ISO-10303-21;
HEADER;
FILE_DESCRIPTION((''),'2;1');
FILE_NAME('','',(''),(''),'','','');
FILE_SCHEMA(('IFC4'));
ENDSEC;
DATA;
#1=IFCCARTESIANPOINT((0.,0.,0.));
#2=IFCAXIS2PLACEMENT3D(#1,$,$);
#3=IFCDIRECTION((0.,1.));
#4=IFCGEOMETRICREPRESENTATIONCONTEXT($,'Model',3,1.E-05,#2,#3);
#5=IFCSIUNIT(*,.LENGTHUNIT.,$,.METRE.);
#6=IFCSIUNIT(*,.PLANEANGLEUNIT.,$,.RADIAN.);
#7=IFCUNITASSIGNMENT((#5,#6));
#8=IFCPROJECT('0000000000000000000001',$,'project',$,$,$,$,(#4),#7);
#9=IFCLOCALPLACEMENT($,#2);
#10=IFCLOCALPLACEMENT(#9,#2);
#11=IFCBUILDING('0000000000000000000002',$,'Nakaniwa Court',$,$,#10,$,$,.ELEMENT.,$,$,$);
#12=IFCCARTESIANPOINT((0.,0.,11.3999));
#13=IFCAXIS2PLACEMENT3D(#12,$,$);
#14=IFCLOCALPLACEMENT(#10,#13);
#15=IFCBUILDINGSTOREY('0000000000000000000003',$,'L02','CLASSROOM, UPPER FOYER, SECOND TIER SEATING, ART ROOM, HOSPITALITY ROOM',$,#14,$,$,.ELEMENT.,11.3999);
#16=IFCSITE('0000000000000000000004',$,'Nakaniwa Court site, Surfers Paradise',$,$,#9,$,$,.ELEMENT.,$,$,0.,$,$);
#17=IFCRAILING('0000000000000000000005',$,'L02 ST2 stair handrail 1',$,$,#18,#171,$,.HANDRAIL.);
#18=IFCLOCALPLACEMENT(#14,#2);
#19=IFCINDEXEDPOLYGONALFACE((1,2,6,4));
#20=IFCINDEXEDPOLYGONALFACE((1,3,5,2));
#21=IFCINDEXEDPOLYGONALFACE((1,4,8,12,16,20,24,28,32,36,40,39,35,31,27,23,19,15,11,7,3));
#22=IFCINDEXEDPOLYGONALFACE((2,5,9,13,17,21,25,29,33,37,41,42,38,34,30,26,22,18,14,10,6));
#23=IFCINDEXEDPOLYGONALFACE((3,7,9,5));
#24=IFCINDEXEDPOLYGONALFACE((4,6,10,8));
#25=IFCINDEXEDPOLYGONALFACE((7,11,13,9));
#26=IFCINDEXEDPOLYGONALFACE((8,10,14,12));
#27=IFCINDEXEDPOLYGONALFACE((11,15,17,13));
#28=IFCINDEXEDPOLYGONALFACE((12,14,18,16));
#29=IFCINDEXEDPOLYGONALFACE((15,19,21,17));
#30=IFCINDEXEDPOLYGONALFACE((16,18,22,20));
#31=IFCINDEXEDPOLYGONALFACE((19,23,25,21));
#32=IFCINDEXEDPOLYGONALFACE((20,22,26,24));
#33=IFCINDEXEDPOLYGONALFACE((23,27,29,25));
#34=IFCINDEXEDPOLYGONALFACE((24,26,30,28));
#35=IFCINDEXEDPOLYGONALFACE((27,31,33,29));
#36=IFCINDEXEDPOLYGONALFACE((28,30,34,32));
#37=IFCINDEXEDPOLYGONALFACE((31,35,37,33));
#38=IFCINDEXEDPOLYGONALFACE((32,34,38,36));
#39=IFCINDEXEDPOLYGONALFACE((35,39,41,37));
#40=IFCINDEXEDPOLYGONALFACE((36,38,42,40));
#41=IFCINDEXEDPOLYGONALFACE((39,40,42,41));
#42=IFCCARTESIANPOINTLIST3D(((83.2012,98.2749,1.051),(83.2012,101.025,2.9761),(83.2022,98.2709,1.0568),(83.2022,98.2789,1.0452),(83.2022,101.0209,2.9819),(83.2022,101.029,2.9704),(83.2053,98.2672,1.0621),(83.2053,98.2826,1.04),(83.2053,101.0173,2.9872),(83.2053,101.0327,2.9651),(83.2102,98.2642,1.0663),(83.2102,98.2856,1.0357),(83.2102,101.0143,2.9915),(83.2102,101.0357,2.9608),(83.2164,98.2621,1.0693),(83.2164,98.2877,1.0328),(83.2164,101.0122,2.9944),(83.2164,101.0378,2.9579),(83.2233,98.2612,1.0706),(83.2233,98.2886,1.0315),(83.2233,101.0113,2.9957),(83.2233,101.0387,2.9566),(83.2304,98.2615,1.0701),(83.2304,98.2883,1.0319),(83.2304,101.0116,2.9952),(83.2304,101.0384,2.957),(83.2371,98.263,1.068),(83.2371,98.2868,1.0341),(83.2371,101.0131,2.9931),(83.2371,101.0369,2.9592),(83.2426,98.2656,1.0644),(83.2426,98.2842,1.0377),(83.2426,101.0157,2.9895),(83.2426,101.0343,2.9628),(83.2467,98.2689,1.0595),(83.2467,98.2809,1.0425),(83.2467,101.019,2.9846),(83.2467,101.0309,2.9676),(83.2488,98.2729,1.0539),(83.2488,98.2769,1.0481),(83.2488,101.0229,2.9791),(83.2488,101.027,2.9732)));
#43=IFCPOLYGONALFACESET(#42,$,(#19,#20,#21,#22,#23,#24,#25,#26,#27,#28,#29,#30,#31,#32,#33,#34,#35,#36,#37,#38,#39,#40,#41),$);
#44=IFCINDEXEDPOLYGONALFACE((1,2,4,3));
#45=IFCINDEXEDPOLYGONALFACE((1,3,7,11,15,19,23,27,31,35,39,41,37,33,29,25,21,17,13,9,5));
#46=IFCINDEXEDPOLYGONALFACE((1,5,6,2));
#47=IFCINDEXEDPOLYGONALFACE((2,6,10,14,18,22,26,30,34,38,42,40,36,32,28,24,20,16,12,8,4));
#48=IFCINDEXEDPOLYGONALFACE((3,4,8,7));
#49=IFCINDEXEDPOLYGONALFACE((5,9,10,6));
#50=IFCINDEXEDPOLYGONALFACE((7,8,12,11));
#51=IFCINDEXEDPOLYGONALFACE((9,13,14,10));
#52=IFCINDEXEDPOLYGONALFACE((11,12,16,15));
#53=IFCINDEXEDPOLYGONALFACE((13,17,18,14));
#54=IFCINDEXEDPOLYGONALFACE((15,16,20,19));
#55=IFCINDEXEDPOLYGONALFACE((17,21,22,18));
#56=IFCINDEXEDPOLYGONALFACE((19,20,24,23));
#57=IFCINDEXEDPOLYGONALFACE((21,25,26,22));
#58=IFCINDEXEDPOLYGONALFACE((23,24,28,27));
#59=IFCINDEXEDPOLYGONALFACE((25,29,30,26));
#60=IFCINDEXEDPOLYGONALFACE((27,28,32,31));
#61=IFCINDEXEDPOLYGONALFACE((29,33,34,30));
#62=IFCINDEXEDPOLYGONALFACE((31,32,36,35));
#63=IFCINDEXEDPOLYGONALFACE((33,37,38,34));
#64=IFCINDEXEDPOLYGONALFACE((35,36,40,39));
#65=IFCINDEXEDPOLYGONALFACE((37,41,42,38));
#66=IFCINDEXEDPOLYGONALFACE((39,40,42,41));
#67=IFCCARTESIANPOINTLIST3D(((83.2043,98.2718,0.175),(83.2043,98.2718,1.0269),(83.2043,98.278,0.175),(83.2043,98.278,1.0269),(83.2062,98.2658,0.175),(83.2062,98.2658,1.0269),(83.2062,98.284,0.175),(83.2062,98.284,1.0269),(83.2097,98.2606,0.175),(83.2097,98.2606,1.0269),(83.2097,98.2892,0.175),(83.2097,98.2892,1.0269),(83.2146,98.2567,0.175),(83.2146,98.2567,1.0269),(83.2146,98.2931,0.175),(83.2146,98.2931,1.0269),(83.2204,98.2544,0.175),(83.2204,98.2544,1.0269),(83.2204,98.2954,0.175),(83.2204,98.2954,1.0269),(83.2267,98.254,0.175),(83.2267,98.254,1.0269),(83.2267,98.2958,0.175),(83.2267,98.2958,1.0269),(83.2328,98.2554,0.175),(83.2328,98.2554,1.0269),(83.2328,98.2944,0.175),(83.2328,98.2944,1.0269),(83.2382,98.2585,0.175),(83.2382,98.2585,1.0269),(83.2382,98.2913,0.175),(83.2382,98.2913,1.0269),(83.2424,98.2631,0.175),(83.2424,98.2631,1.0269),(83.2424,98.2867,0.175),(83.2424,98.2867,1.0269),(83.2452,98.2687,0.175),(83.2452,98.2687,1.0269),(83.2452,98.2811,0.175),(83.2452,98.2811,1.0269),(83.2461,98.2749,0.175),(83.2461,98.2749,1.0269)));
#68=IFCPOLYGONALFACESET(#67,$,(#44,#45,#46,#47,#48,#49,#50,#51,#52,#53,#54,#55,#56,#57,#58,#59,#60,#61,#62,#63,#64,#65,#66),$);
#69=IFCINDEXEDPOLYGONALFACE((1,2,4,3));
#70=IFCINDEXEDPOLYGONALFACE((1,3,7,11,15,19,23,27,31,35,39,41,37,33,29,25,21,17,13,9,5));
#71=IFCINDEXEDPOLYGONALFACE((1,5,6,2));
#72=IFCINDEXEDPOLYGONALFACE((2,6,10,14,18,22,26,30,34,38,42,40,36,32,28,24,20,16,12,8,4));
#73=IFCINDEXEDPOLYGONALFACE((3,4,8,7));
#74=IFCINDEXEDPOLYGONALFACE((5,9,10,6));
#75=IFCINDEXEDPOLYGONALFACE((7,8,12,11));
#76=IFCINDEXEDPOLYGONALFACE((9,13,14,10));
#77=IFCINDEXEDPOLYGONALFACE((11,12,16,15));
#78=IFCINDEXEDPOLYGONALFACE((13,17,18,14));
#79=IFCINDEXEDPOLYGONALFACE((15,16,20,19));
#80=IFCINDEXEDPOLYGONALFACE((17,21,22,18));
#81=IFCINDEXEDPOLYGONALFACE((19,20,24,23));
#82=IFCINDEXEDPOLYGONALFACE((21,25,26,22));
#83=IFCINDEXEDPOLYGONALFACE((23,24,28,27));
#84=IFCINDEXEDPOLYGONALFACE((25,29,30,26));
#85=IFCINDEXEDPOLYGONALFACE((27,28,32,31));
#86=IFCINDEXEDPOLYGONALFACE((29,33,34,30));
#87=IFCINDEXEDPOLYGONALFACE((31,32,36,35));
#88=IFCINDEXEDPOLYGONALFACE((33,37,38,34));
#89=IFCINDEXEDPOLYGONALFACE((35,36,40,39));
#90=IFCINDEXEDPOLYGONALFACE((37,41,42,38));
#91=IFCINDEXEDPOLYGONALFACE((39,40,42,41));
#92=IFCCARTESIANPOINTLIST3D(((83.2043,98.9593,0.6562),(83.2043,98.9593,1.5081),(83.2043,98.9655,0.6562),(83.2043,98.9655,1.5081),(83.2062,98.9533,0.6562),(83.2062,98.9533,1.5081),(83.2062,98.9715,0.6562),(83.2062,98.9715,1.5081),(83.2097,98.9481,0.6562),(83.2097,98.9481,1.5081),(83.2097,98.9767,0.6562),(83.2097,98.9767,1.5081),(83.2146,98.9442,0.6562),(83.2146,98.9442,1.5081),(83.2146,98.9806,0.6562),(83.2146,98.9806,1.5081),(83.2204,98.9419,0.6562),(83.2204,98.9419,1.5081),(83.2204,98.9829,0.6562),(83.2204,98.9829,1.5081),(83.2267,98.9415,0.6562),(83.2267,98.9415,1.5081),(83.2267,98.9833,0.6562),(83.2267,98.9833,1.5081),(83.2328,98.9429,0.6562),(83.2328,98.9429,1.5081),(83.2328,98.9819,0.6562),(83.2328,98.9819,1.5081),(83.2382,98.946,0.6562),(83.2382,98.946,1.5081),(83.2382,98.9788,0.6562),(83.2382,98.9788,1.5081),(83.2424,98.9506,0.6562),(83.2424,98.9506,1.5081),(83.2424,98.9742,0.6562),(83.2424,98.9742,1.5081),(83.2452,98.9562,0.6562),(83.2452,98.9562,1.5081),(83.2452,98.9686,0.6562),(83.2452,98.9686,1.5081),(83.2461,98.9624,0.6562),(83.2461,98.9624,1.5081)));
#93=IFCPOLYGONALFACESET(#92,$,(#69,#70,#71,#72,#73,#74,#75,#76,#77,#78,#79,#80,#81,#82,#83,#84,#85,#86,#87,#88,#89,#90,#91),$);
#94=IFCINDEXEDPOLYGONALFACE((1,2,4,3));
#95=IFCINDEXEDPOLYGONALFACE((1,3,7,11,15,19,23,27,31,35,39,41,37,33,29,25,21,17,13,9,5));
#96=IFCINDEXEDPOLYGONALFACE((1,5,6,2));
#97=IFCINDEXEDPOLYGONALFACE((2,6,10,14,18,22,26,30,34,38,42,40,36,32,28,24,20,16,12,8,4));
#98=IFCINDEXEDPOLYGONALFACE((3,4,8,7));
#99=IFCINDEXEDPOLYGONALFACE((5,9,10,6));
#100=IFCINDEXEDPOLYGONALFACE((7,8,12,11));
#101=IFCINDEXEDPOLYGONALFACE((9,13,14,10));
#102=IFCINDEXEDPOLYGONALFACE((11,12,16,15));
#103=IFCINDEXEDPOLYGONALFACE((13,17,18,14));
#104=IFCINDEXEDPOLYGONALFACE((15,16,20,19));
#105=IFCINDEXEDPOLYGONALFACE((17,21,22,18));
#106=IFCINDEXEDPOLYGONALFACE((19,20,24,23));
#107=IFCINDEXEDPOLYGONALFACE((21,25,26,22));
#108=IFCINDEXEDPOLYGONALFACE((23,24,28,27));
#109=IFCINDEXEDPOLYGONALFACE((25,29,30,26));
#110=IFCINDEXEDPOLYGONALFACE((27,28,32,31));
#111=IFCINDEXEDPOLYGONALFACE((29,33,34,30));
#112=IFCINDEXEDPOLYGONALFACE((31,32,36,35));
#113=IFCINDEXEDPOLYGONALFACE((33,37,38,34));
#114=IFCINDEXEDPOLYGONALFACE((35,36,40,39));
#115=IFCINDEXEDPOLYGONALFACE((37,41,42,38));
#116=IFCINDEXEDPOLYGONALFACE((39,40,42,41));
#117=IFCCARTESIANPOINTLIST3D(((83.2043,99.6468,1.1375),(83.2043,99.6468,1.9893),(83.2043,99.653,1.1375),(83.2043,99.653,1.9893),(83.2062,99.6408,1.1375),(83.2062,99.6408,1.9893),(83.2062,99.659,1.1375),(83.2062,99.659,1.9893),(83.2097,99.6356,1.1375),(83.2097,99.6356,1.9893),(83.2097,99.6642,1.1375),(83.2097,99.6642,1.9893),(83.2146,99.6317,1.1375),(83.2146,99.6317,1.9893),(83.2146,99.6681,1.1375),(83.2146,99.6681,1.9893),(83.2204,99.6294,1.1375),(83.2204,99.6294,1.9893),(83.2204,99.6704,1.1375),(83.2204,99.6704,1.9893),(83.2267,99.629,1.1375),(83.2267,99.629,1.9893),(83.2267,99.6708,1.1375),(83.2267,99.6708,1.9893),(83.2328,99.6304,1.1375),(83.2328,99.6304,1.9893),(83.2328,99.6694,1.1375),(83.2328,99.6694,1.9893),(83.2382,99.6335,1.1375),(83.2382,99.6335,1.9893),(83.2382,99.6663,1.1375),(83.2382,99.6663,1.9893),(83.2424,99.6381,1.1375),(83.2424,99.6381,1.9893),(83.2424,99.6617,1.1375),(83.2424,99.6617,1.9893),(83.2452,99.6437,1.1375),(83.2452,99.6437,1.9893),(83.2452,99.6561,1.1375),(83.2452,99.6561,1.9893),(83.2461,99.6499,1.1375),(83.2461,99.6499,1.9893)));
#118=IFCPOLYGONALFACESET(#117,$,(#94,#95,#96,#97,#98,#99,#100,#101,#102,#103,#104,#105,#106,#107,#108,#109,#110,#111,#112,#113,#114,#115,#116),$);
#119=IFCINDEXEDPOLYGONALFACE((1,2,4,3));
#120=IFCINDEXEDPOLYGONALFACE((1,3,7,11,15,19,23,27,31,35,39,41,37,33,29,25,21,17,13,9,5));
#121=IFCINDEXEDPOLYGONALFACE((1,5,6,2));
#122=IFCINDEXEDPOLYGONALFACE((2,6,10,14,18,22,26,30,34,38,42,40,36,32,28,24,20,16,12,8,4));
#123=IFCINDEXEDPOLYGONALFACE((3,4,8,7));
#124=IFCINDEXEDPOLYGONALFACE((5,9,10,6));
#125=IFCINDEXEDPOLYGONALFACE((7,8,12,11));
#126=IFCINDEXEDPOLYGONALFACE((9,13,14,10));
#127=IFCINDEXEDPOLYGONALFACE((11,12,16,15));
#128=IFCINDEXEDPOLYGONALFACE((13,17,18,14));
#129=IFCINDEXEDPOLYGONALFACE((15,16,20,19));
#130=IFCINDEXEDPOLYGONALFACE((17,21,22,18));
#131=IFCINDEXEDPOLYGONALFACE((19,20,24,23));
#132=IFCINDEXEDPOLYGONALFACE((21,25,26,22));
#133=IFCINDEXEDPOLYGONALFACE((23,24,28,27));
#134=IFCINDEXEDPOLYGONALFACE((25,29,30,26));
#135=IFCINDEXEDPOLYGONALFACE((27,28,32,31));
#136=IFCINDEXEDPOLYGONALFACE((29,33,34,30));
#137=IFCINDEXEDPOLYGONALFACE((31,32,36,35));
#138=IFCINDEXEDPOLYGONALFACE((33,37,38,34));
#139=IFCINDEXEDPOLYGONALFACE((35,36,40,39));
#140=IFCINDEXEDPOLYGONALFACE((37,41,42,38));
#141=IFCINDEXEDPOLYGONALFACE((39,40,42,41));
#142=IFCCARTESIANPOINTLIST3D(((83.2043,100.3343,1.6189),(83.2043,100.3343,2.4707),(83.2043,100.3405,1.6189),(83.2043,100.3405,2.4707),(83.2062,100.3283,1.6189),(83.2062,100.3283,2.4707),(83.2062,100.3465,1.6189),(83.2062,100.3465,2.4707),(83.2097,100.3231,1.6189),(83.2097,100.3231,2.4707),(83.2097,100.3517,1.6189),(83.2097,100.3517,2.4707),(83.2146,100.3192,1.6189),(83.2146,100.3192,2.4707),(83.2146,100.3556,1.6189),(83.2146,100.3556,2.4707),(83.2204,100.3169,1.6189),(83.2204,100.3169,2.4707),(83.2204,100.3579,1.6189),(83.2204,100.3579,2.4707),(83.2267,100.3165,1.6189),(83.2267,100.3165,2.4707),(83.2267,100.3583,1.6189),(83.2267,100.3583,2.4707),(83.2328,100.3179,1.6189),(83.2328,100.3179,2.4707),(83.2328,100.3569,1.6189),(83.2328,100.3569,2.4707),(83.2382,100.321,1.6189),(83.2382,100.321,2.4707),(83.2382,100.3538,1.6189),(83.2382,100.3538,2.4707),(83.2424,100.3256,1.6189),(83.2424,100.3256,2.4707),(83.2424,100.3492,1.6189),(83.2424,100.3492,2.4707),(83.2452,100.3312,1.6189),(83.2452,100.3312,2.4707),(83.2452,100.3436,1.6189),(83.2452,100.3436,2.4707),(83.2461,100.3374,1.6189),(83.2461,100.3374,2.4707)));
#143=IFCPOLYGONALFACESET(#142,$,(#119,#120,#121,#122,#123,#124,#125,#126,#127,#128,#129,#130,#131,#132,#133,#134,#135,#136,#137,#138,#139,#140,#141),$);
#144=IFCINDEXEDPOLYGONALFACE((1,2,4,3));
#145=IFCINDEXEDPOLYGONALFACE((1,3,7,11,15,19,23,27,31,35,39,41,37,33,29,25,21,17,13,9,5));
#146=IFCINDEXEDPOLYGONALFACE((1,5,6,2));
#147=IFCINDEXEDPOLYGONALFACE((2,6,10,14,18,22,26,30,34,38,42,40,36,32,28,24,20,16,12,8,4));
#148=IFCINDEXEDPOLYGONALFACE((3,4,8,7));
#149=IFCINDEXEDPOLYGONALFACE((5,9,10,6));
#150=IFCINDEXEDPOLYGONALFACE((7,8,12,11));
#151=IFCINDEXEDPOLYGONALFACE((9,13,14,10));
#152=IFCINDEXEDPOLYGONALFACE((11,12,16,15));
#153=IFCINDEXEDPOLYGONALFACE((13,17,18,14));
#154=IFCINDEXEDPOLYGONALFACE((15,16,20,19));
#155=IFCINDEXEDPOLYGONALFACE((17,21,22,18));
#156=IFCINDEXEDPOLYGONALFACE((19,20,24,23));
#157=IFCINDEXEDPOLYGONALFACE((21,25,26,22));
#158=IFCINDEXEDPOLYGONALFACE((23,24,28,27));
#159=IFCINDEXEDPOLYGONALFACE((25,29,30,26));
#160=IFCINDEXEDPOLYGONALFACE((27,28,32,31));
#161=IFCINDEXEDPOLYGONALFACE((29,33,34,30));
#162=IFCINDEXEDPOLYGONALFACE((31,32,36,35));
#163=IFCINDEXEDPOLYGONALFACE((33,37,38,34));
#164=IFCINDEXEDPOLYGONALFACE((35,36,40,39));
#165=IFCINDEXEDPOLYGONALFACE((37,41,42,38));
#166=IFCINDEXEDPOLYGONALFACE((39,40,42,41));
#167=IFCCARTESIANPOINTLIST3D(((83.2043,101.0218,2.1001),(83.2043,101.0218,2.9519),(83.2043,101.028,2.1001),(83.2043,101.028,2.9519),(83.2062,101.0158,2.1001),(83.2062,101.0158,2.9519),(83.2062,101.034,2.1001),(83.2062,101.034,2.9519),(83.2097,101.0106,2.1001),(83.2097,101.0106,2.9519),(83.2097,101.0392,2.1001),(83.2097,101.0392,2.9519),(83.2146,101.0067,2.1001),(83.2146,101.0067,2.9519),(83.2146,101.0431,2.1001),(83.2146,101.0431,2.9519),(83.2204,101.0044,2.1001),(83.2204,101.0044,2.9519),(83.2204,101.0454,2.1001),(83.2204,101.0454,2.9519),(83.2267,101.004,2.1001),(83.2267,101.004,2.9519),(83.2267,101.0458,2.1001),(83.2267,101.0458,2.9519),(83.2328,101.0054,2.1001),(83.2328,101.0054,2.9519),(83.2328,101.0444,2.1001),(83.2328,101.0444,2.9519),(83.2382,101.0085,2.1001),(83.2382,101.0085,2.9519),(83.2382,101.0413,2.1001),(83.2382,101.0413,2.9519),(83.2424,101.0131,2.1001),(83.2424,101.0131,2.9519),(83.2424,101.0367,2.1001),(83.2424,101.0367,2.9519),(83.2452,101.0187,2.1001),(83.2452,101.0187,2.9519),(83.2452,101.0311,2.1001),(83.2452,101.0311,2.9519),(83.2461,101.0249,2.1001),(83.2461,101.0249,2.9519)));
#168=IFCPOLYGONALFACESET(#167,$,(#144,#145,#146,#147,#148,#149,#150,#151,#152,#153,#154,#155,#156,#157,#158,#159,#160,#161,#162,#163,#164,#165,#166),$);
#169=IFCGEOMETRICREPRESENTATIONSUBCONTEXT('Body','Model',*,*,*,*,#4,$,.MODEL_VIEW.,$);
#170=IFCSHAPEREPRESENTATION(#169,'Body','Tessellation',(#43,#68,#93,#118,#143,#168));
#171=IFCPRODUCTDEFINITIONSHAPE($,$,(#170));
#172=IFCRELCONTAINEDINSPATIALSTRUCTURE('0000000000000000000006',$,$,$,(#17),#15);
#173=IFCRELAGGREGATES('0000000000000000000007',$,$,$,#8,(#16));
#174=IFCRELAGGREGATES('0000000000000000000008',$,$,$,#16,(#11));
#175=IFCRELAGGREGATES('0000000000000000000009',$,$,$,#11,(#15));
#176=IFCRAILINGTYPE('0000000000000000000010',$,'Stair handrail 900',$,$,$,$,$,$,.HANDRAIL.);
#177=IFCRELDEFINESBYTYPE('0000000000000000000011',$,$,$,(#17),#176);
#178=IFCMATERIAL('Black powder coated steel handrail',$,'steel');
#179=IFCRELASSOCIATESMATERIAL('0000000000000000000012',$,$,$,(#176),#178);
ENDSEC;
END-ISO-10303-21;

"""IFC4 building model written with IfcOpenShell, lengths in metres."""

from ifc_helpers import new_model, si_unit, direction, frame, origin, origin_2d, place, context, subcontext, project, spatial, circle, extrude, material, type_object, element, save


model = new_model("IFC4")

# Units and contexts
model_context = context("Model", 3, precision=1e-05, world=origin(), true_north=direction((0.0, 1.0)))
body_context = subcontext(model_context, "Body", "Model", "MODEL_VIEW")
ifc_project = project(units=[si_unit("LENGTHUNIT", "METRE"), si_unit("PLANEANGLEUNIT", "RADIAN")], contexts=[model_context])

# Site, building, storey
site_placement = place(None, origin())
site = spatial("IfcSite", under=ifc_project, at=site_placement, Name="Nakaniwa Court site, Surfers Paradise", CompositionType="ELEMENT", RefElevation=0.0)
building_placement = place(site_placement, origin())
building = spatial("IfcBuilding", under=site, at=building_placement, Name="Nakaniwa Court", CompositionType="ELEMENT")
storey_placement = place(building_placement, frame((0.0, 0.0, 11.3999)))
storey = spatial("IfcBuildingStorey", under=building, at=storey_placement, Name="L02", Description="CLASSROOM, UPPER FOYER, SECOND TIER SEATING, ART ROOM, HOSPITALITY ROOM", CompositionType="ELEMENT", Elevation=11.3999)

# Railing
ifc_material_1 = material(Name="Black powder coated steel handrail", Category="steel")
railing_type_1 = type_object("IfcRailingType", Name="Stair handrail 900", PredefinedType="HANDRAIL", material=ifc_material_1)
for number, where, name in (
    (1, (83.2251, 98.2749, 0.175), "L02 ST2 stair handrail 1"),
):
    element("IfcRailing", number, at=place(storey_placement, frame(where)), inside=storey, type_object=railing_type_1, Name=name, PredefinedType="HANDRAIL", context=body_context, shape_type="SweptSolid", body=[
        extrude(circle(Radius=0.0239, at=origin_2d()), frame((0.0, 0.0, 0.876), z_axis=(0.0, 0.819225, 0.573472), x_axis=(-1.0, 0.0, 0.0)), (0.0, 0.0, 1.0), 3.3569),
        extrude(circle(Radius=0.021, at=origin_2d()), origin(), (0.0, 0.0, 1.0), 0.8518),
        extrude(circle(Radius=0.021, at=origin_2d()), frame((0.0, 0.6875, 0.4812)), (0.0, 0.0, 1.0), 0.8518),
        extrude(circle(Radius=0.021, at=origin_2d()), frame((0.0, 1.375, 0.9624)), (0.0, 0.0, 1.0), 0.8518),
        extrude(circle(Radius=0.021, at=origin_2d()), frame((0.0, 2.0625, 1.4438)), (0.0, 0.0, 1.0), 0.8518),
        extrude(circle(Radius=0.021, at=origin_2d()), frame((0.0, 2.75, 1.925)), (0.0, 0.0, 1.0), 0.8518),
    ])

save(model, "model.ifc")
